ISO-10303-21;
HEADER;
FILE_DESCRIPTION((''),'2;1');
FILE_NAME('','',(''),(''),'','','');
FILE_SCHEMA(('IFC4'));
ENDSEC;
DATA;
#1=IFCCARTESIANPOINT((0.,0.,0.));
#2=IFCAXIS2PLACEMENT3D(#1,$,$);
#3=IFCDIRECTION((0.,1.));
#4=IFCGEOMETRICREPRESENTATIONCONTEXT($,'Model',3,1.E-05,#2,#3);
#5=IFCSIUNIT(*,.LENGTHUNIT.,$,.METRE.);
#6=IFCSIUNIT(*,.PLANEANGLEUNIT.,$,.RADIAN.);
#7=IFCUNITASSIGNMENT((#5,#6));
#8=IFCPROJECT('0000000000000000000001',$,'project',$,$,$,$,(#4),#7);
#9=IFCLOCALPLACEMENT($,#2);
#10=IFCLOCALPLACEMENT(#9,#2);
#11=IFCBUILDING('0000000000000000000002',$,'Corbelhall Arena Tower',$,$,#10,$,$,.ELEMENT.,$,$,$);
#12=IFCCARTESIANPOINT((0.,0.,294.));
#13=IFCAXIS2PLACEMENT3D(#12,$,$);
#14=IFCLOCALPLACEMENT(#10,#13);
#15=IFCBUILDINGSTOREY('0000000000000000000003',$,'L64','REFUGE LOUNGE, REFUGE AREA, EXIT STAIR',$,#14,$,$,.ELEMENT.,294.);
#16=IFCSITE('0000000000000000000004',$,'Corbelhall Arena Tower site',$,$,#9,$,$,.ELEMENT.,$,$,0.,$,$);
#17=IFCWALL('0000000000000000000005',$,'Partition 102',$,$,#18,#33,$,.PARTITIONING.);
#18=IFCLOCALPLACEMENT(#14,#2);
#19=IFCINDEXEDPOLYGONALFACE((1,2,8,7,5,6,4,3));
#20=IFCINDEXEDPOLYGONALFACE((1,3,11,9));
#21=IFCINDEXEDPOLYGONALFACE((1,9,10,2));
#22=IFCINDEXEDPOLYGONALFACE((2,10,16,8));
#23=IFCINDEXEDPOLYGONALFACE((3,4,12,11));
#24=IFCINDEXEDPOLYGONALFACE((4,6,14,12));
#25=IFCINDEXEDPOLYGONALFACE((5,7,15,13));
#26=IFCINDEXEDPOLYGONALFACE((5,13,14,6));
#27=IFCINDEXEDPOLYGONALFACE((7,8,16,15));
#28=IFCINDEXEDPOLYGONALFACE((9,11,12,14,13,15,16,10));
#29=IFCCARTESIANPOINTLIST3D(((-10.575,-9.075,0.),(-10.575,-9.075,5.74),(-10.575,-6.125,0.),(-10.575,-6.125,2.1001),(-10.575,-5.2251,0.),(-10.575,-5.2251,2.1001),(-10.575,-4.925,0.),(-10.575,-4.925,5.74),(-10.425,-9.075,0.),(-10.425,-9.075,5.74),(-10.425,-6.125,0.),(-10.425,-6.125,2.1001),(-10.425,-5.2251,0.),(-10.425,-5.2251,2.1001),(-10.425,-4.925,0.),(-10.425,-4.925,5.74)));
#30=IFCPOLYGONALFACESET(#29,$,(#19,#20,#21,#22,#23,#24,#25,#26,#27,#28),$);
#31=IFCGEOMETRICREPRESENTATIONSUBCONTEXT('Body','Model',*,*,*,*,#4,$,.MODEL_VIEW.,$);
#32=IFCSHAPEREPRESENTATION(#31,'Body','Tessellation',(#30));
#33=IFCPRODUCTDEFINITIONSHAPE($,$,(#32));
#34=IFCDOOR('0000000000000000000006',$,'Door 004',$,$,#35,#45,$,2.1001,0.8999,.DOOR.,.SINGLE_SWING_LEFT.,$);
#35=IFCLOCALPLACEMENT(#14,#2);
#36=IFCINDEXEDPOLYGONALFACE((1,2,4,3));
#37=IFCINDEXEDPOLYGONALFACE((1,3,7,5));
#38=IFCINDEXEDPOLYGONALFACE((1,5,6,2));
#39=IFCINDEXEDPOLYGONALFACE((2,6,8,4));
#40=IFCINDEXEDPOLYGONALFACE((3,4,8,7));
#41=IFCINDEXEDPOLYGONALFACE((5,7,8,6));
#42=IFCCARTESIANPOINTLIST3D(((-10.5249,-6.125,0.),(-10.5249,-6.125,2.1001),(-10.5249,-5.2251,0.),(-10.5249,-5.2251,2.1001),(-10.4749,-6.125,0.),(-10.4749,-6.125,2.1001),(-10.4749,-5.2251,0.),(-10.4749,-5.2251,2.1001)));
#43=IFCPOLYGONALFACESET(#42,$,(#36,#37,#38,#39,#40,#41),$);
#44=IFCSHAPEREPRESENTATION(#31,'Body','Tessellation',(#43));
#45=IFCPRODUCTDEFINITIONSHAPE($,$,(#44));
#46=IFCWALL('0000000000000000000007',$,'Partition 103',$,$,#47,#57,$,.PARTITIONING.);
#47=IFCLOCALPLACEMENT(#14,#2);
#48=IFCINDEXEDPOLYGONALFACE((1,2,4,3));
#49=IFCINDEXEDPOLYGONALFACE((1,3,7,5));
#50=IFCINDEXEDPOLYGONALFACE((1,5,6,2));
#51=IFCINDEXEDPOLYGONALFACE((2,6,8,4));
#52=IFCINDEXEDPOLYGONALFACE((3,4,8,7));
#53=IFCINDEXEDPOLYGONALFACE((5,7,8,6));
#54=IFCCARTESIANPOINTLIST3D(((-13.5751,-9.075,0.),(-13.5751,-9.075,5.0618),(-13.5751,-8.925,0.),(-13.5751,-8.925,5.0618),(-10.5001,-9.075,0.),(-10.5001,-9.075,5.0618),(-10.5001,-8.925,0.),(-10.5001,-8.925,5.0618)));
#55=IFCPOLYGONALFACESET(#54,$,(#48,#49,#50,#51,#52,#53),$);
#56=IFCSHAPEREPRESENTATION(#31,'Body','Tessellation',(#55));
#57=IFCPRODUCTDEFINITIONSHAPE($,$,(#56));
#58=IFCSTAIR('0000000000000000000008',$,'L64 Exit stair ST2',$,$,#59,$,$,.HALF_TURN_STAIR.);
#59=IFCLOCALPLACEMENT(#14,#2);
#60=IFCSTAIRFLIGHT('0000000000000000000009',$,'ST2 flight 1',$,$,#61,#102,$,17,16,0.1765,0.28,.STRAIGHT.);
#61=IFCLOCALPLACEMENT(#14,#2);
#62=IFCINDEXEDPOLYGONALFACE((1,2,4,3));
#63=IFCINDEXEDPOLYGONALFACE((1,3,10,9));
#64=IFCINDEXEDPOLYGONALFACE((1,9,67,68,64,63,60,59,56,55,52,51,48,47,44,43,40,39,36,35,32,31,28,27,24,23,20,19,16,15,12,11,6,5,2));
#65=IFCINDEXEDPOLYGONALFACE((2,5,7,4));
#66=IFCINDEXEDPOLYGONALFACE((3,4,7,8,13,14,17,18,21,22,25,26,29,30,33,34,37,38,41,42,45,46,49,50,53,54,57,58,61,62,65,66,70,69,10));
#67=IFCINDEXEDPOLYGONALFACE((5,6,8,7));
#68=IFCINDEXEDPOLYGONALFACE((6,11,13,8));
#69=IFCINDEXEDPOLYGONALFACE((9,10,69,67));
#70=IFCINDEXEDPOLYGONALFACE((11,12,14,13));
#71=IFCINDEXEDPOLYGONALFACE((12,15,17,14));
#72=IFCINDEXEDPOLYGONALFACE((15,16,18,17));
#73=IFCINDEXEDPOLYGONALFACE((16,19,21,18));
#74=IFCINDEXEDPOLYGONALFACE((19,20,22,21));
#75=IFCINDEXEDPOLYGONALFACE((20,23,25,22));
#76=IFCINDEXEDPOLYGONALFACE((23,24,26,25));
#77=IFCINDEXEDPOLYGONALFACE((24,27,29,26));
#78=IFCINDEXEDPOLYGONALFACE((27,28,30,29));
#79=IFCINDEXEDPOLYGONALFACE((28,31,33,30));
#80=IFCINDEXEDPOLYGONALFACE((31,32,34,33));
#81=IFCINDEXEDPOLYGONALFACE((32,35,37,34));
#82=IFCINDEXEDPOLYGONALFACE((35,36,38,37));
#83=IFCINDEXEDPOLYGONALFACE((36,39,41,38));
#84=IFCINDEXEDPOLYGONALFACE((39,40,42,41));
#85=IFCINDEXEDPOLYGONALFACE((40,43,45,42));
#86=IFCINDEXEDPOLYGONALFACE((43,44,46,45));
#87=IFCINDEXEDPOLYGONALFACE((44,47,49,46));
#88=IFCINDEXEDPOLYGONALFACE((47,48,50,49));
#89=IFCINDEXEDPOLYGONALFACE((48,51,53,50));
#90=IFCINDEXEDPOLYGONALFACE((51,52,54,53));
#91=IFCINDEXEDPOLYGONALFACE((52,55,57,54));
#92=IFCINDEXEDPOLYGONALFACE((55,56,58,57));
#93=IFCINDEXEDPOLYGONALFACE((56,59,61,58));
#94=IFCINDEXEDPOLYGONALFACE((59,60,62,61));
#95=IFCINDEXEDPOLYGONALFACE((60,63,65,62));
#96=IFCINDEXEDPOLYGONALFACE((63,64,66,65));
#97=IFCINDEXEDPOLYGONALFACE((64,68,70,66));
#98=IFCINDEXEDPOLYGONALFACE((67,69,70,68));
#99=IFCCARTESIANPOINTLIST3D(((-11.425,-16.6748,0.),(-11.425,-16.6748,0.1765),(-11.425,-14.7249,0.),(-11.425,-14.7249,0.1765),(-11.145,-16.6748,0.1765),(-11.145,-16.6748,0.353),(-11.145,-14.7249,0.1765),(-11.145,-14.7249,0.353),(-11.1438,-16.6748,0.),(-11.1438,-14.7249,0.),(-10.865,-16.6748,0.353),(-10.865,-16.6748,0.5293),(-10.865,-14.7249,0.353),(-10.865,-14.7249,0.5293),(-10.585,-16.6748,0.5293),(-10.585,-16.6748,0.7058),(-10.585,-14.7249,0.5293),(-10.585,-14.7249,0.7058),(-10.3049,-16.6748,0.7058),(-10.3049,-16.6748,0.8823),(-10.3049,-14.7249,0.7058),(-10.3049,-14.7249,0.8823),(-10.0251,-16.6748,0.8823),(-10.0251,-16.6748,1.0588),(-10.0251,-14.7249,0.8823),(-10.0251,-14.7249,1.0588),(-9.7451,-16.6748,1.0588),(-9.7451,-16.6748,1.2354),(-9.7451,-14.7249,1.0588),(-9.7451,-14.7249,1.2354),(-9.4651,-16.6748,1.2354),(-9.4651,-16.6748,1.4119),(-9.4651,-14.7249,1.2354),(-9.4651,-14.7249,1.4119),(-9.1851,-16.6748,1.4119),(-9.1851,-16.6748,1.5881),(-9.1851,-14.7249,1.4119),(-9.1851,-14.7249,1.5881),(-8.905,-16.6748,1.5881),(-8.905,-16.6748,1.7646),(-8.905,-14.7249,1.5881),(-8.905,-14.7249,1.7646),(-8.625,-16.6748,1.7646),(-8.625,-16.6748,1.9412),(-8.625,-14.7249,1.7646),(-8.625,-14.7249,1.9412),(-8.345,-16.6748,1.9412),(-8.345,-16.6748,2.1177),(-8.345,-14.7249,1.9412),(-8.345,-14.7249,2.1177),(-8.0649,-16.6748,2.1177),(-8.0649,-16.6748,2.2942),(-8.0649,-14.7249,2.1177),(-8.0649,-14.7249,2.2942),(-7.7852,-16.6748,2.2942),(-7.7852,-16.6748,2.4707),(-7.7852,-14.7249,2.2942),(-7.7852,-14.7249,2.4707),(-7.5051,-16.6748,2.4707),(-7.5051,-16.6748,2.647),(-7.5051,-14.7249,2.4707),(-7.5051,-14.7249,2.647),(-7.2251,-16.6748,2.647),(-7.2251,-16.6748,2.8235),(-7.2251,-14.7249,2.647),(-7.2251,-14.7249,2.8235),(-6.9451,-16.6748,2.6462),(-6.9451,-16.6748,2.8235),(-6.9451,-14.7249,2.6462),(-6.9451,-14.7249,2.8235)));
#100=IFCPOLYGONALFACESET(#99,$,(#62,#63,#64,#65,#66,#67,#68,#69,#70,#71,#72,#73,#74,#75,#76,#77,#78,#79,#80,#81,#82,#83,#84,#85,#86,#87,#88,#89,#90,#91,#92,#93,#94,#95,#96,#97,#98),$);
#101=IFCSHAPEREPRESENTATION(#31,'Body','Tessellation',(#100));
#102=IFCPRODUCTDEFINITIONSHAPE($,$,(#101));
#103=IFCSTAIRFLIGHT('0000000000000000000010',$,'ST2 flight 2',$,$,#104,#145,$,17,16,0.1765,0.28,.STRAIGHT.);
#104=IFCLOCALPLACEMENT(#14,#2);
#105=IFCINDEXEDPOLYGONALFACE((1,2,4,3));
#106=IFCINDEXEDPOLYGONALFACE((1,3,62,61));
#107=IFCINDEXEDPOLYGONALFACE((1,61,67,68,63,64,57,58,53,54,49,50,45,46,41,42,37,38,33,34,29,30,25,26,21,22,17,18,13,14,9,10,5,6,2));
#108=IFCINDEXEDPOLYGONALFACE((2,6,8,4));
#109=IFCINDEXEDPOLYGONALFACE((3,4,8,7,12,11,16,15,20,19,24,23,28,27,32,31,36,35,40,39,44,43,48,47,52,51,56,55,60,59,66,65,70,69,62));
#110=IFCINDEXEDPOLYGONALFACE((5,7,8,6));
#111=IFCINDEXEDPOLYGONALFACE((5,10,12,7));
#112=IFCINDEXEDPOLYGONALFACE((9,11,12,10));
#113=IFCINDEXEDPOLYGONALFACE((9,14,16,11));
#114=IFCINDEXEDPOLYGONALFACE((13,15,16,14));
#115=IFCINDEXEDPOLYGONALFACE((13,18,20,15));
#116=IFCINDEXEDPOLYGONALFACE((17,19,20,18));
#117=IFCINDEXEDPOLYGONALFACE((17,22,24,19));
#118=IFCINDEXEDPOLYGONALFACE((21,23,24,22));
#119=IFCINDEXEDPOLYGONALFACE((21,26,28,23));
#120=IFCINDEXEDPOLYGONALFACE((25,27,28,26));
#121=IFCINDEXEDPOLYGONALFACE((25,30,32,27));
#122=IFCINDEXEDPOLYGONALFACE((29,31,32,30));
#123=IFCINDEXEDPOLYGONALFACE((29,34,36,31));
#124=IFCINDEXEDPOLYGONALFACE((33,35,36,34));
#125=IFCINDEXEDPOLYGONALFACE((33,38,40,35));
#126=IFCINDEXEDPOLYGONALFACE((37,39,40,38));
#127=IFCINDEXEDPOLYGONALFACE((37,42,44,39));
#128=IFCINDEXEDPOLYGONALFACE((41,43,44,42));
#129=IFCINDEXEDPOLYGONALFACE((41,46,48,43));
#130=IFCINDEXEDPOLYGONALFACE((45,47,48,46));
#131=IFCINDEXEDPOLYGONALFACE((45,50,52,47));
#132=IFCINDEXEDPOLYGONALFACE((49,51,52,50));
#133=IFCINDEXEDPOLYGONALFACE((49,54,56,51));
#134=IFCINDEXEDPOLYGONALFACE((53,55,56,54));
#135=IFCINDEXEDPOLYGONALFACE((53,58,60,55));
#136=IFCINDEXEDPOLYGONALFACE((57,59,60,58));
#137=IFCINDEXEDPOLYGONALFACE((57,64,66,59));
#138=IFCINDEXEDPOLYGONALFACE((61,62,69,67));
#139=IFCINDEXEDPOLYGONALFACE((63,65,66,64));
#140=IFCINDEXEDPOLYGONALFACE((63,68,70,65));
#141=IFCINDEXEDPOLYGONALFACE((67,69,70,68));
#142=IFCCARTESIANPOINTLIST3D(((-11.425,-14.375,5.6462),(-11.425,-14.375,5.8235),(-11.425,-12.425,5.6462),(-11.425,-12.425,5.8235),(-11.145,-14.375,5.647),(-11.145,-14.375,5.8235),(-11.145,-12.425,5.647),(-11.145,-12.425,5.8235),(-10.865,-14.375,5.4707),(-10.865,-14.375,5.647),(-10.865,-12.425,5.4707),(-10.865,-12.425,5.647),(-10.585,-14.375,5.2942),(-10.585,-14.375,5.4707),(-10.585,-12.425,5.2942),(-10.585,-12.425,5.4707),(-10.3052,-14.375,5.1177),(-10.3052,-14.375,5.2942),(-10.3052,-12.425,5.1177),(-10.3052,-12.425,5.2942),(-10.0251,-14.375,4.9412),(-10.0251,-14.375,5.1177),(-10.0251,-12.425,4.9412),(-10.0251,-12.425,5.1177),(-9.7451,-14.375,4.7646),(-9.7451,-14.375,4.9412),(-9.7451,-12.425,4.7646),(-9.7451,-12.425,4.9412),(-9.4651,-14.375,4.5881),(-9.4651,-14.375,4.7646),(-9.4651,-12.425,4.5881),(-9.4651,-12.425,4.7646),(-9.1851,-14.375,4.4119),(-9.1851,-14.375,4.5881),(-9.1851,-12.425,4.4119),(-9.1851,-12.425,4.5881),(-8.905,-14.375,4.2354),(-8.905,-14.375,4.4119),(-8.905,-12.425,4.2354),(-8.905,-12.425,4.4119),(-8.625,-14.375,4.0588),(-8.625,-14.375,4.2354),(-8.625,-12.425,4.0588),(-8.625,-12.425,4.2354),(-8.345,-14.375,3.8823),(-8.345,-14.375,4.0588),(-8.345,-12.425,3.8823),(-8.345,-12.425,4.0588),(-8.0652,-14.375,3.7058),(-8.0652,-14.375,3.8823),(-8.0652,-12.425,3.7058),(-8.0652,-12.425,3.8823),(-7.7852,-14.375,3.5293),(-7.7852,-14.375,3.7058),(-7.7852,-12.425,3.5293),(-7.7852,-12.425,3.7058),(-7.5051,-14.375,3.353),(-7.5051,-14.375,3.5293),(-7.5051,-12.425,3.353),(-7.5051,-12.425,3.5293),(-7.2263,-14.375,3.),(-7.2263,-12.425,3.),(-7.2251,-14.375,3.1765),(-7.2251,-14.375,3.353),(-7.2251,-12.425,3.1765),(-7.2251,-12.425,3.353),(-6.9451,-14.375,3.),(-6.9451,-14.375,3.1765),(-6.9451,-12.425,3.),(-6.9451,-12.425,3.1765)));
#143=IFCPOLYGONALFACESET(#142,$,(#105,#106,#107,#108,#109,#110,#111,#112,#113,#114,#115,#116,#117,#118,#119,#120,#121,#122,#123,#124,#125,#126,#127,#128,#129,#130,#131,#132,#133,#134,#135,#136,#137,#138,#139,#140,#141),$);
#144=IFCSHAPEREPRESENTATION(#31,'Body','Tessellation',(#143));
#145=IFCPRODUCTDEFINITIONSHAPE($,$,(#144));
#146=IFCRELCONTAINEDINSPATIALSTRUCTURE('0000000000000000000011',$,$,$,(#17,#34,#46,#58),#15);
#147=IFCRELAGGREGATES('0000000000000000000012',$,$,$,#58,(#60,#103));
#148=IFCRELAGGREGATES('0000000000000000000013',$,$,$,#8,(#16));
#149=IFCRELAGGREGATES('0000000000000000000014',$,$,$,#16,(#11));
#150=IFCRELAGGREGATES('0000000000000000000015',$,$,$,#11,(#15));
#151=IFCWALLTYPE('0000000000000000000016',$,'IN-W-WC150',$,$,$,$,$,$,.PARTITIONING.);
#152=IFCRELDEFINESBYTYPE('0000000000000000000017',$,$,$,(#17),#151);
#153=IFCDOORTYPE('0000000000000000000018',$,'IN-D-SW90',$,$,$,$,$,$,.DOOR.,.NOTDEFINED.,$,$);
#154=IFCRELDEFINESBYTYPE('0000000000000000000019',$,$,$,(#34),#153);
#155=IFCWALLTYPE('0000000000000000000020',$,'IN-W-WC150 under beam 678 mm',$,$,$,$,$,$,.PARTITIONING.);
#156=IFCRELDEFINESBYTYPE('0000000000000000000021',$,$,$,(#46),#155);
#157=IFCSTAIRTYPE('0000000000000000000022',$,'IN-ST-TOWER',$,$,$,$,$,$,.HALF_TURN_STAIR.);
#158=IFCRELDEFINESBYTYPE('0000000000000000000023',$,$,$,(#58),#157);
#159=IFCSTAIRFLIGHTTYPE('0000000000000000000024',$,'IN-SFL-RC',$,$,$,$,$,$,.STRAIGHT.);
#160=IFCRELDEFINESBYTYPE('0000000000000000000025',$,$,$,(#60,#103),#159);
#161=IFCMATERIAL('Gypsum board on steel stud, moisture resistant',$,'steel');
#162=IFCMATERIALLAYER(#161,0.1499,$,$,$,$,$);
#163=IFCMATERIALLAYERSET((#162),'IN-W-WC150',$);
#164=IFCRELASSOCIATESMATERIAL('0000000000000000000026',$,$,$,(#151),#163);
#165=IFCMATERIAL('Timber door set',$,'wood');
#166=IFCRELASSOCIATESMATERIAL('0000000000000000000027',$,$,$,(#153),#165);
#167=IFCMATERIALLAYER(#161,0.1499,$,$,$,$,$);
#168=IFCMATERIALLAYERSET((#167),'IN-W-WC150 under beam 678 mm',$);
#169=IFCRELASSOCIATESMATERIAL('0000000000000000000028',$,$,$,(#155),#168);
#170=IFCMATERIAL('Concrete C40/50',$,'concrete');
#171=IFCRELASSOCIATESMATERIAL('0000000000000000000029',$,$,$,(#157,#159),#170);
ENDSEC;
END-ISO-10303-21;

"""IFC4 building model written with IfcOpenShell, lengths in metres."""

from ifc_helpers import new_model, si_unit, direction, frame, frame_2d, origin, place, context, subcontext, project, spatial, polyline, rectangle, outline, extrude, material, layer, layer_set, type_object, element, fill, aggregate, save


model = new_model("IFC4")

# Units and contexts
model_context = context("Model", 3, precision=1e-05, world=origin(), true_north=direction((0.0, 1.0)))
body_context = subcontext(model_context, "Body", "Model", "MODEL_VIEW")
ifc_project = project(units=[si_unit("LENGTHUNIT", "METRE"), si_unit("PLANEANGLEUNIT", "RADIAN")], contexts=[model_context])

# Site, building, storey
site_placement = place(None, origin())
site = spatial("IfcSite", under=ifc_project, at=site_placement, Name="Corbelhall Arena Tower site", CompositionType="ELEMENT", RefElevation=0.0)
building_placement = place(site_placement, origin())
building = spatial("IfcBuilding", under=site, at=building_placement, Name="Corbelhall Arena Tower", CompositionType="ELEMENT")
storey_placement = place(building_placement, frame((0.0, 0.0, 294.0)))
storey = spatial("IfcBuildingStorey", under=building, at=storey_placement, Name="L64", Description="REFUGE LOUNGE, REFUGE AREA, EXIT STAIR", CompositionType="ELEMENT", Elevation=294.0)

# Shared definitions
ifc_material_1 = material(Name="Concrete C40/50", Category="concrete")

# Wall, opening, door
ifc_material_2 = material(Name="Gypsum board on steel stud, moisture resistant", Category="steel")
ifc_layer_1 = layer(ifc_material_2, 0.1499)
ifc_layer_set_1 = layer_set([ifc_layer_1], Name="IN-W-WC150")
wall_type_1 = type_object("IfcWallType", Name="IN-W-WC150", PredefinedType="PARTITIONING", material=ifc_layer_set_1)
wall_1_placement = place(storey_placement, frame((-10.5, -9.075, 0.0), z_axis=(0.0, 0.0, 1.0), x_axis=(0.0, 1.0, 0.0)))
wall_1 = element("IfcWall", 1, at=wall_1_placement, inside=storey, type_object=wall_type_1, Name="Partition 102", PredefinedType="PARTITIONING", context=body_context, shape_type="SweptSolid", body=[
    extrude(rectangle(XDim=4.1499, YDim=0.1499, at=frame_2d((2.075, 0.0))), origin(), (0.0, 0.0, 1.0), 5.74),
])
opening_1_placement = place(wall_1_placement, frame((2.95, 0.0, 0.0)))
opening_1 = element("IfcOpeningElement", 2, at=opening_1_placement, cuts=wall_1, PredefinedType="OPENING", context=body_context, shape_type="SweptSolid", body=[
    extrude(rectangle(XDim=0.8999, YDim=2.1001, at=frame_2d((0.45, 1.05))), frame((0.0, 0.075, 0.0), z_axis=(0.0, -1.0, 0.0), x_axis=(1.0, 0.0, 0.0)), (0.0, 0.0, 1.0), 0.1499),
])
ifc_material_3 = material(Name="Timber door set", Category="wood")
door_type_1 = type_object("IfcDoorType", Name="IN-D-SW90", OperationType="NOTDEFINED", PredefinedType="DOOR", material=ifc_material_3)
door_1_placement = place(opening_1_placement, origin())
door_1 = element("IfcDoor", 3, at=door_1_placement, inside=storey, type_object=door_type_1, Name="Door 004", OperationType="SINGLE_SWING_LEFT", OverallHeight=2.1001, OverallWidth=0.8999, PredefinedType="DOOR", context=body_context, shape_type="SweptSolid", body=[
    extrude(rectangle(XDim=0.8999, YDim=2.1001, at=frame_2d((0.45, 1.05))), frame((0.0, 0.0249, 0.0), z_axis=(0.0, -1.0, 0.0), x_axis=(1.0, 0.0, 0.0)), (0.0, 0.0, 1.0), 0.05),
])
fill(opening_1, door_1)

# Wall
ifc_layer_2 = layer(ifc_material_2, 0.1499)
ifc_layer_set_2 = layer_set([ifc_layer_2], Name="IN-W-WC150 under beam 678 mm")
wall_type_2 = type_object("IfcWallType", Name="IN-W-WC150 under beam 678 mm", PredefinedType="PARTITIONING", material=ifc_layer_set_2)
wall_2_placement = place(storey_placement, frame((-10.5, -9.0, 0.0), z_axis=(0.0, 0.0, 1.0), x_axis=(-1.0, 0.0, 0.0)))
element("IfcWall", 4, at=wall_2_placement, inside=storey, type_object=wall_type_2, Name="Partition 103", PredefinedType="PARTITIONING", context=body_context, shape_type="SweptSolid", body=[
    extrude(rectangle(XDim=3.075, YDim=0.1499, at=frame_2d((1.5376, 0.0))), origin(), (0.0, 0.0, 1.0), 5.0618),
])

# Stair, stair flights
stair_type = type_object("IfcStairType", Name="IN-ST-TOWER", PredefinedType="HALF_TURN_STAIR", material=ifc_material_1)
stair_placement = place(storey_placement, origin())
stair = element("IfcStair", 5, at=stair_placement, inside=storey, type_object=stair_type, Name="L64 Exit stair ST2", PredefinedType="HALF_TURN_STAIR")
stair_flight_type = type_object("IfcStairFlightType", Name="IN-SFL-RC", PredefinedType="STRAIGHT", material=ifc_material_1)
stair_flight_1_placement = place(storey_placement, frame((-11.425, -15.7, 0.0), z_axis=(0.0, 0.0, 1.0), x_axis=(1.0, 0.0, 0.0)))
stair_flight_1 = element("IfcStairFlight", 6, at=stair_flight_1_placement, type_object=stair_flight_type, Name="ST2 flight 1", NumberOfRisers=17, NumberOfTreads=16, PredefinedType="STRAIGHT", RiserHeight=0.1765, TreadLength=0.28, context=body_context, shape_type="SweptSolid", body=[
    extrude(outline(polyline([(0.0, 0.0), (0.0, 0.1765), (0.28, 0.1765), (0.28, 0.353), (0.5601, 0.353), (0.5601, 0.5293), (0.8401, 0.5293), (0.8401, 0.7058), (1.1201, 0.7058), (1.1201, 0.8823), (1.3999, 0.8823), (1.3999, 1.0588), (1.6799, 1.0588), (1.6799, 1.2354), (1.96, 1.2354), (1.96, 1.4119), (2.24, 1.4119), (2.24, 1.5881), (2.52, 1.5881), (2.52, 1.7646), (2.8, 1.7646), (2.8, 1.9412), (3.0801, 1.9412), (3.0801, 2.1177), (3.3601, 2.1177), (3.3601, 2.2942), (3.6399, 2.2942), (3.6399, 2.4707), (3.9199, 2.4707), (3.9199, 2.647), (4.2, 2.647), (4.2, 2.8235), (4.48, 2.8235), (4.48, 3.0), (4.48, 2.6462), (0.2812, 0.0), (0.0, 0.0)])), frame((0.0, 0.9751, 0.0), z_axis=(0.0, -1.0, 0.0), x_axis=(1.0, 0.0, 0.0)), (0.0, 0.0, 1.0), 1.95),
])
stair_flight_2_placement = place(storey_placement, frame((-6.9451, -13.3999, 3.0), z_axis=(0.0, 0.0, 1.0), x_axis=(-1.0, 0.0, 0.0)))
stair_flight_2 = element("IfcStairFlight", 7, at=stair_flight_2_placement, type_object=stair_flight_type, Name="ST2 flight 2", NumberOfRisers=17, NumberOfTreads=16, PredefinedType="STRAIGHT", RiserHeight=0.1765, TreadLength=0.28, context=body_context, shape_type="SweptSolid", body=[
    extrude(outline(polyline([(0.0, 0.0), (0.0, 0.1765), (0.28, 0.1765), (0.28, 0.353), (0.5601, 0.353), (0.5601, 0.5293), (0.8401, 0.5293), (0.8401, 0.7058), (1.1201, 0.7058), (1.1201, 0.8823), (1.3999, 0.8823), (1.3999, 1.0588), (1.6799, 1.0588), (1.6799, 1.2354), (1.96, 1.2354), (1.96, 1.4119), (2.24, 1.4119), (2.24, 1.5881), (2.52, 1.5881), (2.52, 1.7646), (2.8, 1.7646), (2.8, 1.9412), (3.0801, 1.9412), (3.0801, 2.1177), (3.3601, 2.1177), (3.3601, 2.2942), (3.6399, 2.2942), (3.6399, 2.4707), (3.9199, 2.4707), (3.9199, 2.647), (4.2, 2.647), (4.2, 2.8235), (4.48, 2.8235), (4.48, 3.0), (4.48, 2.6462), (0.2812, 0.0), (0.0, 0.0)])), frame((0.0, 0.9751, 0.0), z_axis=(0.0, -1.0, 0.0), x_axis=(1.0, 0.0, 0.0)), (0.0, 0.0, 1.0), 1.95),
])
aggregate(stair, [stair_flight_1, stair_flight_2])

save(model, "model.ifc")
